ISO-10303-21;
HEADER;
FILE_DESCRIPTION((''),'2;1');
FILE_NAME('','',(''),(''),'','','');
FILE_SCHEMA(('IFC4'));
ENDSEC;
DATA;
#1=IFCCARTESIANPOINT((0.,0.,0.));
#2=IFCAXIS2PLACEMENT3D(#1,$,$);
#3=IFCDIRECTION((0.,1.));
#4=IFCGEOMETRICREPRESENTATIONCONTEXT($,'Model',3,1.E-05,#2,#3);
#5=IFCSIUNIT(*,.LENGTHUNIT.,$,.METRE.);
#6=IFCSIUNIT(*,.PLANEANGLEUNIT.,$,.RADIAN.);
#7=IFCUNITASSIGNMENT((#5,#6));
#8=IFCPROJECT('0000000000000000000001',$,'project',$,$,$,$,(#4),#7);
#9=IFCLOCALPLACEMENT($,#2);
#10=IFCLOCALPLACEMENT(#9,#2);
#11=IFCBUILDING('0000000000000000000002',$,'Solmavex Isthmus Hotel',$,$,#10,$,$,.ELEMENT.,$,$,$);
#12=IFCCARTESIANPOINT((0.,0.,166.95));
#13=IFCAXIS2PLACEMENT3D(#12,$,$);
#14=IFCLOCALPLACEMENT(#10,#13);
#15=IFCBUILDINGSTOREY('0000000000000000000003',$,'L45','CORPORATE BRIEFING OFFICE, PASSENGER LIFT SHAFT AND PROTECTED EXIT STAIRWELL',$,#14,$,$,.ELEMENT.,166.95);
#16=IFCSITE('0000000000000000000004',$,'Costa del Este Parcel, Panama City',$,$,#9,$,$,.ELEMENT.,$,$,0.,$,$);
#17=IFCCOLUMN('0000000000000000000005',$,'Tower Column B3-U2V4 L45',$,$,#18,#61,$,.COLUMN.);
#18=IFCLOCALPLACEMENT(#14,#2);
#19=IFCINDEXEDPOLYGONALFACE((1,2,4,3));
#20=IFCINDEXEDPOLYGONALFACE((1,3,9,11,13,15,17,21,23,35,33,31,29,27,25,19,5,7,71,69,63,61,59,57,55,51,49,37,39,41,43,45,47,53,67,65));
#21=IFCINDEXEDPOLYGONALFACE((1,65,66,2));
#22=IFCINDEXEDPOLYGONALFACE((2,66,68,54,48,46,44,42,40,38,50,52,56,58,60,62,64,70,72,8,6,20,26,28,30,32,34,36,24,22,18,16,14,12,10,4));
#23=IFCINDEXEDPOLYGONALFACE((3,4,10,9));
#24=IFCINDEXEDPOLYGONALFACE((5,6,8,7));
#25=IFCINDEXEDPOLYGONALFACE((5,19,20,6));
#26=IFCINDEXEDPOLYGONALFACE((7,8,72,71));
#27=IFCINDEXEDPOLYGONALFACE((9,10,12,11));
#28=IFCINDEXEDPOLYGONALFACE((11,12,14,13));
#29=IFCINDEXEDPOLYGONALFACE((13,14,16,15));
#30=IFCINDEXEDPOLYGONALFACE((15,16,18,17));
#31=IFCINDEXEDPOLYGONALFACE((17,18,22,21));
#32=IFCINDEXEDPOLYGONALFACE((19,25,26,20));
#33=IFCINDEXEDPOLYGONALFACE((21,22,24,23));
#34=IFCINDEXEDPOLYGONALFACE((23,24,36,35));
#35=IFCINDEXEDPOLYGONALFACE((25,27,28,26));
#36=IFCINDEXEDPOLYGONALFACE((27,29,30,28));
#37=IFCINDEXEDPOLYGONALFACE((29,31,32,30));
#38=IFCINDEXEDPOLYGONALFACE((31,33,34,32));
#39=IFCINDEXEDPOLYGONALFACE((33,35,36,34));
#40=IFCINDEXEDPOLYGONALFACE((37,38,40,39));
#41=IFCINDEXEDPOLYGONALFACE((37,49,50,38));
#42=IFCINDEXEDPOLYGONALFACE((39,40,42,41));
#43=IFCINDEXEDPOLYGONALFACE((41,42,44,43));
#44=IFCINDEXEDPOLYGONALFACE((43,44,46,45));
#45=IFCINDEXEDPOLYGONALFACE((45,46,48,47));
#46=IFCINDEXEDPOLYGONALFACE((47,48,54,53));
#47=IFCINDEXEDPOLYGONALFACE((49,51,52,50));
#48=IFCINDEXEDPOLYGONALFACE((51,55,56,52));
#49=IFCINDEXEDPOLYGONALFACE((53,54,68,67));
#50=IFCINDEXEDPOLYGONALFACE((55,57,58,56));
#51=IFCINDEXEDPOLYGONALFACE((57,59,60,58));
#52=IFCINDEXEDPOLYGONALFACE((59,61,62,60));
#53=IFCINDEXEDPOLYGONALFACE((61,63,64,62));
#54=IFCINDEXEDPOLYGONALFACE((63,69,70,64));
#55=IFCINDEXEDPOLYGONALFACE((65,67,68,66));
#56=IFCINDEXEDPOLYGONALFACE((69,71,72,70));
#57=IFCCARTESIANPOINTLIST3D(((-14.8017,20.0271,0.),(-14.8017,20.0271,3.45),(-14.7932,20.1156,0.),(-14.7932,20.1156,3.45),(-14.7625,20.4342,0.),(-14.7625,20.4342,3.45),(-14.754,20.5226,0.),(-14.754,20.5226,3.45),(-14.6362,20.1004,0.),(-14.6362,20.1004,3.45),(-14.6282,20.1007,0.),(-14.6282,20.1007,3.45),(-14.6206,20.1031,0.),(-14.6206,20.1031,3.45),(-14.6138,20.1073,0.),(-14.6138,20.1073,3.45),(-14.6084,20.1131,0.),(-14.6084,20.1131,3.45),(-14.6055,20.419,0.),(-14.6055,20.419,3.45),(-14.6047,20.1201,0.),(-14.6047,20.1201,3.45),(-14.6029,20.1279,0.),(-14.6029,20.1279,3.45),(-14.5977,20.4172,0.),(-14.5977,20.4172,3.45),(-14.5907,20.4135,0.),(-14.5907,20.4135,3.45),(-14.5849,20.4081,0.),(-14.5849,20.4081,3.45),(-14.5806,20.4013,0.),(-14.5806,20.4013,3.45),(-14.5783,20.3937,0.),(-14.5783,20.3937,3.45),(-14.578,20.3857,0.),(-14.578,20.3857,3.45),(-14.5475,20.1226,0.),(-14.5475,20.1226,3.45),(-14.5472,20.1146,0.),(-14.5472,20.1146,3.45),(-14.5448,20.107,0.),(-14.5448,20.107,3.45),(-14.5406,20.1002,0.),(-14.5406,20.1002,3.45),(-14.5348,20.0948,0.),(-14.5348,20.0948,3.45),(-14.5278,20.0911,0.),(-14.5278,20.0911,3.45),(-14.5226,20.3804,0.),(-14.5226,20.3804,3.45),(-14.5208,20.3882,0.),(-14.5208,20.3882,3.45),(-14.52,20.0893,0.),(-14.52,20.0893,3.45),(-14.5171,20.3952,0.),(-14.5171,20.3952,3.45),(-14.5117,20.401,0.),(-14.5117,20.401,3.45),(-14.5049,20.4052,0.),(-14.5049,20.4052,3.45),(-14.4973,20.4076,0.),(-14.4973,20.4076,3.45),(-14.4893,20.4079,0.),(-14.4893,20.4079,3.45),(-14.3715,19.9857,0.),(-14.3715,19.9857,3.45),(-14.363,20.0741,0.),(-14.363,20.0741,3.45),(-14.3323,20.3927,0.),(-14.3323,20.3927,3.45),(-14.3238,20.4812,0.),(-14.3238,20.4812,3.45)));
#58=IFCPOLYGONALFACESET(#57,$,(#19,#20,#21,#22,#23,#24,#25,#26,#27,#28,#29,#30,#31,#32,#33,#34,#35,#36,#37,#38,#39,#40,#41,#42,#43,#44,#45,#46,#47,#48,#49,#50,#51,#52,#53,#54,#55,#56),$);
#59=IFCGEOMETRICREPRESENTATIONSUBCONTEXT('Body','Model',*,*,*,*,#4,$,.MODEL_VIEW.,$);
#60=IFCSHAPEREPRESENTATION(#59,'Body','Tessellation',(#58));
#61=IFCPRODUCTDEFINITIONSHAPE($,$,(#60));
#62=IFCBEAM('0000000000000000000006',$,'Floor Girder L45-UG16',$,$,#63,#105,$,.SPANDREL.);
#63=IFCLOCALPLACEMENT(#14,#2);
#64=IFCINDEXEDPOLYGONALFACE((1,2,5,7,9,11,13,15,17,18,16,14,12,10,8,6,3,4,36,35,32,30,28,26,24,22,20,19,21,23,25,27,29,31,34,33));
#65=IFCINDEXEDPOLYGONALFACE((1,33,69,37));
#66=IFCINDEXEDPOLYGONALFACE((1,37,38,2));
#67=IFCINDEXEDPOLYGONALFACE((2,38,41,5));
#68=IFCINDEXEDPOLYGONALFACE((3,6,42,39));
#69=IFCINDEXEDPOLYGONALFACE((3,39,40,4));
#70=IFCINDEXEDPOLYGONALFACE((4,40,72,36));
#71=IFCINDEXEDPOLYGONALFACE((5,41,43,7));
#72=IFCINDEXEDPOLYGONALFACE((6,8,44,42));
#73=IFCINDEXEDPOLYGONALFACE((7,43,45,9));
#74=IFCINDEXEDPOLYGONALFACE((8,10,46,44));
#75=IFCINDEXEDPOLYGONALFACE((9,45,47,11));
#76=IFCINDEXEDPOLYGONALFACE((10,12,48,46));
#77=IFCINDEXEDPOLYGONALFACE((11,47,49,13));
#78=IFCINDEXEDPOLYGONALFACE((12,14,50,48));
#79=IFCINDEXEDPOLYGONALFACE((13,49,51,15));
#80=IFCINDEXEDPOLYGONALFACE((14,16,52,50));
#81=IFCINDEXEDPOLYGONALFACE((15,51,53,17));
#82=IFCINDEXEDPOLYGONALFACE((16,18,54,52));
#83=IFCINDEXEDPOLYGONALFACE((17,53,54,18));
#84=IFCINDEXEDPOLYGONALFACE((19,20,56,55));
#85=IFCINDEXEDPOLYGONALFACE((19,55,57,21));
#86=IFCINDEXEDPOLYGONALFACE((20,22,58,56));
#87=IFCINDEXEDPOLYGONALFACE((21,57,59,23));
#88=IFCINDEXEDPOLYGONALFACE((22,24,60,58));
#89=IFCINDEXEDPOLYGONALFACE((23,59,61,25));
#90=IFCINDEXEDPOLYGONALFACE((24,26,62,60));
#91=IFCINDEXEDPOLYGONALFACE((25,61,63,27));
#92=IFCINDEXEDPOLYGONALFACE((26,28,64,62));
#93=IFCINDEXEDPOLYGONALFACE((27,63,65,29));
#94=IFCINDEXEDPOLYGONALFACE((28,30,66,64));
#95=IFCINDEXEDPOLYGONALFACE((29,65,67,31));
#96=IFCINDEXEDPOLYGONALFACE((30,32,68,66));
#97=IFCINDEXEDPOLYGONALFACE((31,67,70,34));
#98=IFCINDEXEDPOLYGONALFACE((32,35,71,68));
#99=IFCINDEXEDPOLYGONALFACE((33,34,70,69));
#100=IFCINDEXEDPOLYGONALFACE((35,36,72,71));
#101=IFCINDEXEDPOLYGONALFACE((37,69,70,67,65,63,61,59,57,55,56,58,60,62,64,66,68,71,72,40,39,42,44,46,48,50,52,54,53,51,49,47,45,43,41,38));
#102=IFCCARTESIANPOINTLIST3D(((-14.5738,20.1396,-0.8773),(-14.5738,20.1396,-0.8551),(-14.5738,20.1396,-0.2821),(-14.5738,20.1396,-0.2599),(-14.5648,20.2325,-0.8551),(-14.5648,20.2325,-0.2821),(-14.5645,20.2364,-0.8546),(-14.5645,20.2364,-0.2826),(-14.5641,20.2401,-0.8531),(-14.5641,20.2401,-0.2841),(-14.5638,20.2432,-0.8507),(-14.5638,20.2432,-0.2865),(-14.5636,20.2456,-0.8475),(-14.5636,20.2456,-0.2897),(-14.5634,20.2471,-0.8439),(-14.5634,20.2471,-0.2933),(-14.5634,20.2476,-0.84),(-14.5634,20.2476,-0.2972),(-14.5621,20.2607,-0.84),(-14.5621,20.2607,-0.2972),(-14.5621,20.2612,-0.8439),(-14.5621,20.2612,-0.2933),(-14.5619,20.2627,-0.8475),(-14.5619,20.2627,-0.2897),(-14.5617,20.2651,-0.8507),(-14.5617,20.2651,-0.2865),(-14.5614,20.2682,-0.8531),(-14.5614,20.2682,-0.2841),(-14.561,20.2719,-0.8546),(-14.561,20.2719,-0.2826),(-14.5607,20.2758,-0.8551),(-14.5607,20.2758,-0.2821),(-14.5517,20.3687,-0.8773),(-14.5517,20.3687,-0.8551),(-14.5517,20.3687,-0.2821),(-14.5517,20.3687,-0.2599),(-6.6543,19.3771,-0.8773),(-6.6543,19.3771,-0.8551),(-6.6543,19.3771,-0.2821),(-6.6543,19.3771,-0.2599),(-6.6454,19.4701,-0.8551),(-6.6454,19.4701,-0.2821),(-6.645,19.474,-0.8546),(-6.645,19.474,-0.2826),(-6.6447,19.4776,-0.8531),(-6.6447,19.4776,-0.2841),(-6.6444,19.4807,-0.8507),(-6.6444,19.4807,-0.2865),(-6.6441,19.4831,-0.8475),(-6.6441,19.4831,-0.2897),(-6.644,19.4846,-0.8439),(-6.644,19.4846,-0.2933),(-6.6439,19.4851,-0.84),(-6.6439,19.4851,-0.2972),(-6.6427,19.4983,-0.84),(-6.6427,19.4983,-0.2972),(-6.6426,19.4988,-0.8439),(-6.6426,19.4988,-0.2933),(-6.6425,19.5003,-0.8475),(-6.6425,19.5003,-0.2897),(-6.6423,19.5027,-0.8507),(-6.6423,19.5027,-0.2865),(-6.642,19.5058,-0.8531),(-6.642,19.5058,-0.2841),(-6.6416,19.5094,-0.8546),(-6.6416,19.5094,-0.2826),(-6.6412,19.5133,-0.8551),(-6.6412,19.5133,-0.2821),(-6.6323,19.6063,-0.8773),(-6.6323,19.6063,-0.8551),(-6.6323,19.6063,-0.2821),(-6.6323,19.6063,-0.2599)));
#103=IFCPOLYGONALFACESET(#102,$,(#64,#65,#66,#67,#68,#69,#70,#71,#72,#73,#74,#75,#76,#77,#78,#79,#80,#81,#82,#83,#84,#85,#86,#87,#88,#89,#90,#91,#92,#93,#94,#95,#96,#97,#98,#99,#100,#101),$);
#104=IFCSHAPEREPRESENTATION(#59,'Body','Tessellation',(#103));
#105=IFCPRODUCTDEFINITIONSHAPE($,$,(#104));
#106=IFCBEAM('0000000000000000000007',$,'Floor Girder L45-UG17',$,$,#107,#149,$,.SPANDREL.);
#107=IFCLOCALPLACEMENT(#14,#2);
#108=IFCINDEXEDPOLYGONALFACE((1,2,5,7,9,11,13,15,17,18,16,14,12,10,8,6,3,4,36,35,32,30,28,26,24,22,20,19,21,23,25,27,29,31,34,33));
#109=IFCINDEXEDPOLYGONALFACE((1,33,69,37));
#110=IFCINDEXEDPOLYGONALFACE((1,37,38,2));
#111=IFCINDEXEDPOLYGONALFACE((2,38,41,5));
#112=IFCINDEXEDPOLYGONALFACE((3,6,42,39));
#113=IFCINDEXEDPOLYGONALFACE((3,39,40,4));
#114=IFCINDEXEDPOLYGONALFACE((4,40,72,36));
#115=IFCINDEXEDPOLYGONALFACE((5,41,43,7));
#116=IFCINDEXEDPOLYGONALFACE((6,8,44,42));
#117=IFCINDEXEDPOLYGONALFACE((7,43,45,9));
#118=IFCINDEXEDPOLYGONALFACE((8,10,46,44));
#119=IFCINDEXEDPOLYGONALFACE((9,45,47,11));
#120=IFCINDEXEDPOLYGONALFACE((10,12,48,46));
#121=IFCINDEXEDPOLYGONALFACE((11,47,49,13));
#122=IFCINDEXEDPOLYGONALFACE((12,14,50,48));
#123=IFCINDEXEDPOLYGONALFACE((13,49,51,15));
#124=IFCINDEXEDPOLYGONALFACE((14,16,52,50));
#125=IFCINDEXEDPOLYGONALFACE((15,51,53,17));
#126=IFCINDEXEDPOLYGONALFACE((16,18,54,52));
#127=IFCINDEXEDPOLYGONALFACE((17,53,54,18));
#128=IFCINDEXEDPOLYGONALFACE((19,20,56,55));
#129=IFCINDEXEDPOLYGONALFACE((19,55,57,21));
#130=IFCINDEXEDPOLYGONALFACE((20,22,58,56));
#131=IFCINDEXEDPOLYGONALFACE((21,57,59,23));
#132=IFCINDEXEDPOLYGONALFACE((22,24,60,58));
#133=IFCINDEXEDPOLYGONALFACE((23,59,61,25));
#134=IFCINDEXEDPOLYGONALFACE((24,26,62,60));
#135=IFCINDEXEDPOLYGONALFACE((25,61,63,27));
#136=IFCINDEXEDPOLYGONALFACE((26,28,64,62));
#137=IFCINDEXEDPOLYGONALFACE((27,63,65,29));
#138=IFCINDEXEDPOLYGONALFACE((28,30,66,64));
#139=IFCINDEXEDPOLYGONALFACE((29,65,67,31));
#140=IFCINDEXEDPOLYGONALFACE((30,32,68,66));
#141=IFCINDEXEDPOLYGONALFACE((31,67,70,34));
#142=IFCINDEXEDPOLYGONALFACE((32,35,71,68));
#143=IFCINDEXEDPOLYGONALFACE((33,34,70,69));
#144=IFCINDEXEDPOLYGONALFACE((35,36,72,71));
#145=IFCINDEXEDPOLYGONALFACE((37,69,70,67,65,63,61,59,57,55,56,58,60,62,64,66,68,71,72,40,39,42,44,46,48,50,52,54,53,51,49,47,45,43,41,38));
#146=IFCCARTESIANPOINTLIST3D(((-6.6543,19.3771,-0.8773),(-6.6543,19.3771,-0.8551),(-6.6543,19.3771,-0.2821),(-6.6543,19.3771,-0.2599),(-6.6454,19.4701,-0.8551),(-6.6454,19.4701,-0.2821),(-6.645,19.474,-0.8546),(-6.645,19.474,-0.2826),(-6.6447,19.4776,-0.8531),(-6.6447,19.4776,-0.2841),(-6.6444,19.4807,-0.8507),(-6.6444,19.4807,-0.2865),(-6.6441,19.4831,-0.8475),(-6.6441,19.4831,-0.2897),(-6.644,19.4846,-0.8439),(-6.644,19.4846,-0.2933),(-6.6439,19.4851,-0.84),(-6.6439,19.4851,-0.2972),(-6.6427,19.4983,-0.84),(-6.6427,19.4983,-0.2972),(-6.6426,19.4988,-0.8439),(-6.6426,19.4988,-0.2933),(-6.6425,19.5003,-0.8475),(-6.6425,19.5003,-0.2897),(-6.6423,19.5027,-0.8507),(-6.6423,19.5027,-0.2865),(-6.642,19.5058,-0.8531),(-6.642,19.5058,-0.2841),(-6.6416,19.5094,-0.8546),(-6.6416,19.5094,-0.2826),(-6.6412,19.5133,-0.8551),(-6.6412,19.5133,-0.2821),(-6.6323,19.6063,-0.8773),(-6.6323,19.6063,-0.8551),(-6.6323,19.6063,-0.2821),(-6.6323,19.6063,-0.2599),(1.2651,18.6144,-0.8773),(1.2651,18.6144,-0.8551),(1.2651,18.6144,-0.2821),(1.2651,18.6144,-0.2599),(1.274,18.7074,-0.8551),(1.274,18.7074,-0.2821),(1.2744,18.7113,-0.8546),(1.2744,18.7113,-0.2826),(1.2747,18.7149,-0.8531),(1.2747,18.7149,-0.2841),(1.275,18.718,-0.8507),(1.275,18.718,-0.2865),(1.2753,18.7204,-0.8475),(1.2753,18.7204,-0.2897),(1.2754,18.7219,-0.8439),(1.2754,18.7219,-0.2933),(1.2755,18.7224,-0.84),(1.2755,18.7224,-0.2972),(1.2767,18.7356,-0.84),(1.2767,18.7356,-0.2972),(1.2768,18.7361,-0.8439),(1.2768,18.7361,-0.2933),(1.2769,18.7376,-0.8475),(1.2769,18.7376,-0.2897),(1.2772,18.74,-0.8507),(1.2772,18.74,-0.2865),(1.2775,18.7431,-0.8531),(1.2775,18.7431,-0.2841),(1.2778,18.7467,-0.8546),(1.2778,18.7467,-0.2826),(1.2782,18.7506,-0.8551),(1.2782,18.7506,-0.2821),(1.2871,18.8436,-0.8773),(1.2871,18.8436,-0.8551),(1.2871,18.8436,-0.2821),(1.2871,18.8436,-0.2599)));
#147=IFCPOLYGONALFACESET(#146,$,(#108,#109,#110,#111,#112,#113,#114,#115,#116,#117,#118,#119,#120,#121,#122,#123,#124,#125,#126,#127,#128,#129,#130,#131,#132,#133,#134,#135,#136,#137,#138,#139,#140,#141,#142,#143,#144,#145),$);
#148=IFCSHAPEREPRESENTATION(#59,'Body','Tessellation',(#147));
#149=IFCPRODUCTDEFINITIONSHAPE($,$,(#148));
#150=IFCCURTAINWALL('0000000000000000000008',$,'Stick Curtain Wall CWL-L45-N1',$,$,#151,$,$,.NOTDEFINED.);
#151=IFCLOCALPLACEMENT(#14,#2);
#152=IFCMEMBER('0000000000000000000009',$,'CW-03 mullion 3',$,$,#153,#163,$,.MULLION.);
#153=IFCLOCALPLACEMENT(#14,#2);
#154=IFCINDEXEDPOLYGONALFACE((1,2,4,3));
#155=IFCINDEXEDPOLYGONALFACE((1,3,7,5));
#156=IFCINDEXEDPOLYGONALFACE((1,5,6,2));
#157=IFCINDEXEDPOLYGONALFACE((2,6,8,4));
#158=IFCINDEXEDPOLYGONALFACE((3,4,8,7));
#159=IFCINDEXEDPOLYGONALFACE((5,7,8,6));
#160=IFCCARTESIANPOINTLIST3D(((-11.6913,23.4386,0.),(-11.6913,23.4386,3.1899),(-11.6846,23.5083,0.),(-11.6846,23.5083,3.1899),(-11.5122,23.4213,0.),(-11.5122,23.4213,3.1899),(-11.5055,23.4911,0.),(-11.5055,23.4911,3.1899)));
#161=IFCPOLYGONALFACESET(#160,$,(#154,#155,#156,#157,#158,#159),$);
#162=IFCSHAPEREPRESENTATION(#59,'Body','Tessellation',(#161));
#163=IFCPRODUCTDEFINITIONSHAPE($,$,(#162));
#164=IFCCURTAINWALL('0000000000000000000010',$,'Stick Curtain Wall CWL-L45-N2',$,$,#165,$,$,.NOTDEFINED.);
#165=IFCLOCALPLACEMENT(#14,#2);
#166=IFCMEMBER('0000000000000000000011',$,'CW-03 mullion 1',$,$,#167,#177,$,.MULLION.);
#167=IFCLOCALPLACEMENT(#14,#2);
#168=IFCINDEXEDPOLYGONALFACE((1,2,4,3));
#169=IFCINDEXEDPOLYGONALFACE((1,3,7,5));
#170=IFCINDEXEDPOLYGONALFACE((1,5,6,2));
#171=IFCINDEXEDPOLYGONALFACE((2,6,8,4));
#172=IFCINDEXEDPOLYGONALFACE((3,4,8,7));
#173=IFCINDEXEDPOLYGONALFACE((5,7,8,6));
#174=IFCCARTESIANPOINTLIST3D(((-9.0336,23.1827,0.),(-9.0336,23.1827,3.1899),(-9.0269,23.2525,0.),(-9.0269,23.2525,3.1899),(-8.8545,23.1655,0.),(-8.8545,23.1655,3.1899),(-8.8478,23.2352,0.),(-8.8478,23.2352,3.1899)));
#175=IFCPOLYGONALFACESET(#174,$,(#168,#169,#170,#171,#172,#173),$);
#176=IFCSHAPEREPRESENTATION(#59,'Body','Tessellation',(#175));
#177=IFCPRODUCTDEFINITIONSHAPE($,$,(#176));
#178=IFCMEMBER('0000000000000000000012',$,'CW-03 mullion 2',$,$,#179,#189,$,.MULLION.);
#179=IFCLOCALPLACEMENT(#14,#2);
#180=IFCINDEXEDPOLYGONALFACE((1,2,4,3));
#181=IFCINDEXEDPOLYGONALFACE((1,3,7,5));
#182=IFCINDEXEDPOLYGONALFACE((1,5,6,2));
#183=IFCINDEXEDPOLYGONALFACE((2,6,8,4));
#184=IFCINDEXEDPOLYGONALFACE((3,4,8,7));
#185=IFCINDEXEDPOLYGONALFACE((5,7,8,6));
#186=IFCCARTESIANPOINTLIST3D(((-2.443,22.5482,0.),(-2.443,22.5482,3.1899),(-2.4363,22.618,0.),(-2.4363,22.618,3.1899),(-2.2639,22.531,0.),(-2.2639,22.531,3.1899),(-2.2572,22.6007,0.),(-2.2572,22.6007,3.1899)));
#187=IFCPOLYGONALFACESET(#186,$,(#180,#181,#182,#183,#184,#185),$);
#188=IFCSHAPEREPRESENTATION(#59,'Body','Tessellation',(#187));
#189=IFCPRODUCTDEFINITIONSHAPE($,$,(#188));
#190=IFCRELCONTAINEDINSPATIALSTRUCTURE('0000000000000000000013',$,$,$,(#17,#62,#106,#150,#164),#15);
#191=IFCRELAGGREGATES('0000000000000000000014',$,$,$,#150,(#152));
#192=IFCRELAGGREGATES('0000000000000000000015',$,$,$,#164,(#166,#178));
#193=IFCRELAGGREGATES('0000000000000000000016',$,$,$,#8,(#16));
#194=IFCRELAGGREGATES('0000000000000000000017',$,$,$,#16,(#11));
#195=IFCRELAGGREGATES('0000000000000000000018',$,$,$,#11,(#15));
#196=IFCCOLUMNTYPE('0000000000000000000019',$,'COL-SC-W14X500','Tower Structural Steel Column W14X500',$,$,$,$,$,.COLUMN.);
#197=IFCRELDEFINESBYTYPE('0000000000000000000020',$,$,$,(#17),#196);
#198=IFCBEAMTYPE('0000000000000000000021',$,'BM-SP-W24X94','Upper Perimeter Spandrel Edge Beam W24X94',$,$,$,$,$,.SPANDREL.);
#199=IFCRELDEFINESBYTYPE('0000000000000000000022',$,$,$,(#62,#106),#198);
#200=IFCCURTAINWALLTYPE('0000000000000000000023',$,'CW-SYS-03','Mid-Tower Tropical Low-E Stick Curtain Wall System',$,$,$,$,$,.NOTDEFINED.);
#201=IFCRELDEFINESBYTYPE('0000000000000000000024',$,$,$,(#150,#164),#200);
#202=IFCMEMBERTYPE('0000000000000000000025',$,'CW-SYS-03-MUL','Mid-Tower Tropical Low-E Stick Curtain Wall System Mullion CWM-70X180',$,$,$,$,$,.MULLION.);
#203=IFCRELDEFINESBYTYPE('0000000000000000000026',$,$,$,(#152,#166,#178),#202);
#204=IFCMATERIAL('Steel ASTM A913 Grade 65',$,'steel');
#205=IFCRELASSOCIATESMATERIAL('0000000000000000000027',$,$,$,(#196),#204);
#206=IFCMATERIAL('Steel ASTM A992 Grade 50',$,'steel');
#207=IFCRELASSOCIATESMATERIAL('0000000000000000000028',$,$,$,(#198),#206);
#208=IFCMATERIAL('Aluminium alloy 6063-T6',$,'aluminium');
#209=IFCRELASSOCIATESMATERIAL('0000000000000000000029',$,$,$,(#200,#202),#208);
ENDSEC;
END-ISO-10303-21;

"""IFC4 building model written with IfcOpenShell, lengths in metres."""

from ifc_helpers import new_model, si_unit, direction, frame, origin, origin_2d, place, context, subcontext, project, spatial, rectangle, i_section, extrude, material, material_profile, profile_set, type_object, element, aggregate, save


model = new_model("IFC4")

# Units and contexts
model_context = context("Model", 3, precision=1e-05, world=origin(), true_north=direction((0.0, 1.0)))
body_context = subcontext(model_context, "Body", "Model", "MODEL_VIEW")
ifc_project = project(units=[si_unit("LENGTHUNIT", "METRE"), si_unit("PLANEANGLEUNIT", "RADIAN")], contexts=[model_context])

# Site, building, storey
site_placement = place(None, origin())
site = spatial("IfcSite", under=ifc_project, at=site_placement, Name="Costa del Este Parcel, Panama City", CompositionType="ELEMENT", RefElevation=0.0)
building_placement = place(site_placement, origin())
building = spatial("IfcBuilding", under=site, at=building_placement, Name="Solmavex Isthmus Hotel", CompositionType="ELEMENT")
storey_placement = place(building_placement, frame((0.0, 0.0, 166.95)))
storey = spatial("IfcBuildingStorey", under=building, at=storey_placement, Name="L45", Description="CORPORATE BRIEFING OFFICE, PASSENGER LIFT SHAFT AND PROTECTED EXIT STAIRWELL", CompositionType="ELEMENT", Elevation=166.95)

# Column
ifc_material_1 = material(Name="Steel ASTM A913 Grade 65", Category="steel")
ifc_material_profile_1 = material_profile(ifc_material_1, i_section(OverallWidth=0.4321, OverallDepth=0.4978, WebThickness=0.0557, FlangeThickness=0.0889, FilletRadius=0.0305, at=origin_2d()), Name="W14X500")
ifc_profile_set_1 = profile_set([ifc_material_profile_1], Name="Steel ASTM A913 Grade 65")
column_type = type_object("IfcColumnType", Name="COL-SC-W14X500", Description="Tower Structural Steel Column W14X500", PredefinedType="COLUMN", material=ifc_profile_set_1)
column_placement = place(storey_placement, frame((-14.5627, 20.2542, 0.0), z_axis=(0.0, 0.0, 1.0), x_axis=(0.995396, -0.095846, 0.0)))
element("IfcColumn", 1, at=column_placement, inside=storey, type_object=column_type, Name="Tower Column B3-U2V4 L45", PredefinedType="COLUMN", context=body_context, shape_type="SweptSolid", body=[
    extrude(i_section(OverallWidth=0.4321, OverallDepth=0.4978, WebThickness=0.0557, FlangeThickness=0.0889, FilletRadius=0.0305, at=origin_2d()), origin(), (0.0, 0.0, 1.0), 3.45),
])

# Beams
ifc_material_2 = material(Name="Steel ASTM A992 Grade 50", Category="steel")
ifc_material_profile_2 = material_profile(ifc_material_2, i_section(OverallWidth=0.2302, OverallDepth=0.6174, WebThickness=0.0132, FlangeThickness=0.0222, FilletRadius=0.0151, at=origin_2d()), Name="W24X94")
ifc_profile_set_2 = profile_set([ifc_material_profile_2], Name="Steel ASTM A992 Grade 50")
beam_type = type_object("IfcBeamType", Name="BM-SP-W24X94", Description="Upper Perimeter Spandrel Edge Beam W24X94", PredefinedType="SPANDREL", material=ifc_profile_set_2)
for number, where, z_axis, x_axis, name in (
    (2, (-14.5627, 20.2542, -0.5686), (0.995397, -0.095833, 0.0), (0.095833, 0.995397, 0.0), "Floor Girder L45-UG16"),
    (3, (-6.6433, 19.4917, -0.5686), (0.995395, -0.095863, 0.0), (0.095863, 0.995395, 0.0), "Floor Girder L45-UG17"),
):
    element("IfcBeam", number, at=place(storey_placement, frame(where, z_axis=z_axis, x_axis=x_axis)), inside=storey, type_object=beam_type, Name=name, PredefinedType="SPANDREL", context=body_context, shape_type="SweptSolid", body=[
        extrude(i_section(OverallWidth=0.2302, OverallDepth=0.6174, WebThickness=0.0132, FlangeThickness=0.0222, FilletRadius=0.0151, at=origin_2d()), origin(), (0.0, 0.0, 1.0), 7.9561),
    ])

# Curtain wall, member
ifc_material_3 = material(Name="Aluminium alloy 6063-T6", Category="aluminium")
curtain_wall_type = type_object("IfcCurtainWallType", Name="CW-SYS-03", Description="Mid-Tower Tropical Low-E Stick Curtain Wall System", PredefinedType="NOTDEFINED", material=ifc_material_3)
curtain_wall_1_placement = place(storey_placement, origin())
curtain_wall_1 = element("IfcCurtainWall", 4, at=curtain_wall_1_placement, inside=storey, type_object=curtain_wall_type, Name="Stick Curtain Wall CWL-L45-N1", PredefinedType="NOTDEFINED")
ifc_material_profile_3 = material_profile(ifc_material_3, rectangle(XDim=0.0701, YDim=0.1799, at=origin_2d()), Name="CWM-70X180")
ifc_profile_set_3 = profile_set([ifc_material_profile_3], Name="Aluminium alloy 6063-T6")
member_type_1 = type_object("IfcMemberType", Name="CW-SYS-03-MUL", Description="Mid-Tower Tropical Low-E Stick Curtain Wall System Mullion CWM-70X180", PredefinedType="MULLION", material=ifc_profile_set_3)
member_1_placement = place(storey_placement, frame((-11.5984, 23.4648, 0.0), z_axis=(0.0, 0.0, 1.0), x_axis=(0.095846, 0.995396, 0.0)))
member_1 = element("IfcMember", 5, at=member_1_placement, type_object=member_type_1, Name="CW-03 mullion 3", PredefinedType="MULLION", context=body_context, shape_type="SweptSolid", body=[
    extrude(rectangle(XDim=0.0701, YDim=0.1799, at=origin_2d()), origin(), (0.0, 0.0, 1.0), 3.1899),
])

# Curtain wall, members
curtain_wall_2_placement = place(storey_placement, origin())
curtain_wall_2 = element("IfcCurtainWall", 6, at=curtain_wall_2_placement, inside=storey, type_object=curtain_wall_type, Name="Stick Curtain Wall CWL-L45-N2", PredefinedType="NOTDEFINED")
member_2_placement = place(storey_placement, frame((-8.9407, 23.209, 0.0), z_axis=(0.0, 0.0, 1.0), x_axis=(0.095845, 0.995396, 0.0)))
member_2 = element("IfcMember", 7, at=member_2_placement, type_object=member_type_1, Name="CW-03 mullion 1", PredefinedType="MULLION", context=body_context, shape_type="SweptSolid", body=[
    extrude(rectangle(XDim=0.0701, YDim=0.1799, at=origin_2d()), origin(), (0.0, 0.0, 1.0), 3.1899),
])
member_3_placement = place(storey_placement, frame((-2.3501, 22.5745, 0.0), z_axis=(0.0, 0.0, 1.0), x_axis=(0.095845, 0.995396, 0.0)))
member_3 = element("IfcMember", 8, at=member_3_placement, type_object=member_type_1, Name="CW-03 mullion 2", PredefinedType="MULLION", context=body_context, shape_type="SweptSolid", body=[
    extrude(rectangle(XDim=0.0701, YDim=0.1799, at=origin_2d()), origin(), (0.0, 0.0, 1.0), 3.1899),
])

aggregate(curtain_wall_1, [member_1])
aggregate(curtain_wall_2, [member_2, member_3])

save(model, "model.ifc")
